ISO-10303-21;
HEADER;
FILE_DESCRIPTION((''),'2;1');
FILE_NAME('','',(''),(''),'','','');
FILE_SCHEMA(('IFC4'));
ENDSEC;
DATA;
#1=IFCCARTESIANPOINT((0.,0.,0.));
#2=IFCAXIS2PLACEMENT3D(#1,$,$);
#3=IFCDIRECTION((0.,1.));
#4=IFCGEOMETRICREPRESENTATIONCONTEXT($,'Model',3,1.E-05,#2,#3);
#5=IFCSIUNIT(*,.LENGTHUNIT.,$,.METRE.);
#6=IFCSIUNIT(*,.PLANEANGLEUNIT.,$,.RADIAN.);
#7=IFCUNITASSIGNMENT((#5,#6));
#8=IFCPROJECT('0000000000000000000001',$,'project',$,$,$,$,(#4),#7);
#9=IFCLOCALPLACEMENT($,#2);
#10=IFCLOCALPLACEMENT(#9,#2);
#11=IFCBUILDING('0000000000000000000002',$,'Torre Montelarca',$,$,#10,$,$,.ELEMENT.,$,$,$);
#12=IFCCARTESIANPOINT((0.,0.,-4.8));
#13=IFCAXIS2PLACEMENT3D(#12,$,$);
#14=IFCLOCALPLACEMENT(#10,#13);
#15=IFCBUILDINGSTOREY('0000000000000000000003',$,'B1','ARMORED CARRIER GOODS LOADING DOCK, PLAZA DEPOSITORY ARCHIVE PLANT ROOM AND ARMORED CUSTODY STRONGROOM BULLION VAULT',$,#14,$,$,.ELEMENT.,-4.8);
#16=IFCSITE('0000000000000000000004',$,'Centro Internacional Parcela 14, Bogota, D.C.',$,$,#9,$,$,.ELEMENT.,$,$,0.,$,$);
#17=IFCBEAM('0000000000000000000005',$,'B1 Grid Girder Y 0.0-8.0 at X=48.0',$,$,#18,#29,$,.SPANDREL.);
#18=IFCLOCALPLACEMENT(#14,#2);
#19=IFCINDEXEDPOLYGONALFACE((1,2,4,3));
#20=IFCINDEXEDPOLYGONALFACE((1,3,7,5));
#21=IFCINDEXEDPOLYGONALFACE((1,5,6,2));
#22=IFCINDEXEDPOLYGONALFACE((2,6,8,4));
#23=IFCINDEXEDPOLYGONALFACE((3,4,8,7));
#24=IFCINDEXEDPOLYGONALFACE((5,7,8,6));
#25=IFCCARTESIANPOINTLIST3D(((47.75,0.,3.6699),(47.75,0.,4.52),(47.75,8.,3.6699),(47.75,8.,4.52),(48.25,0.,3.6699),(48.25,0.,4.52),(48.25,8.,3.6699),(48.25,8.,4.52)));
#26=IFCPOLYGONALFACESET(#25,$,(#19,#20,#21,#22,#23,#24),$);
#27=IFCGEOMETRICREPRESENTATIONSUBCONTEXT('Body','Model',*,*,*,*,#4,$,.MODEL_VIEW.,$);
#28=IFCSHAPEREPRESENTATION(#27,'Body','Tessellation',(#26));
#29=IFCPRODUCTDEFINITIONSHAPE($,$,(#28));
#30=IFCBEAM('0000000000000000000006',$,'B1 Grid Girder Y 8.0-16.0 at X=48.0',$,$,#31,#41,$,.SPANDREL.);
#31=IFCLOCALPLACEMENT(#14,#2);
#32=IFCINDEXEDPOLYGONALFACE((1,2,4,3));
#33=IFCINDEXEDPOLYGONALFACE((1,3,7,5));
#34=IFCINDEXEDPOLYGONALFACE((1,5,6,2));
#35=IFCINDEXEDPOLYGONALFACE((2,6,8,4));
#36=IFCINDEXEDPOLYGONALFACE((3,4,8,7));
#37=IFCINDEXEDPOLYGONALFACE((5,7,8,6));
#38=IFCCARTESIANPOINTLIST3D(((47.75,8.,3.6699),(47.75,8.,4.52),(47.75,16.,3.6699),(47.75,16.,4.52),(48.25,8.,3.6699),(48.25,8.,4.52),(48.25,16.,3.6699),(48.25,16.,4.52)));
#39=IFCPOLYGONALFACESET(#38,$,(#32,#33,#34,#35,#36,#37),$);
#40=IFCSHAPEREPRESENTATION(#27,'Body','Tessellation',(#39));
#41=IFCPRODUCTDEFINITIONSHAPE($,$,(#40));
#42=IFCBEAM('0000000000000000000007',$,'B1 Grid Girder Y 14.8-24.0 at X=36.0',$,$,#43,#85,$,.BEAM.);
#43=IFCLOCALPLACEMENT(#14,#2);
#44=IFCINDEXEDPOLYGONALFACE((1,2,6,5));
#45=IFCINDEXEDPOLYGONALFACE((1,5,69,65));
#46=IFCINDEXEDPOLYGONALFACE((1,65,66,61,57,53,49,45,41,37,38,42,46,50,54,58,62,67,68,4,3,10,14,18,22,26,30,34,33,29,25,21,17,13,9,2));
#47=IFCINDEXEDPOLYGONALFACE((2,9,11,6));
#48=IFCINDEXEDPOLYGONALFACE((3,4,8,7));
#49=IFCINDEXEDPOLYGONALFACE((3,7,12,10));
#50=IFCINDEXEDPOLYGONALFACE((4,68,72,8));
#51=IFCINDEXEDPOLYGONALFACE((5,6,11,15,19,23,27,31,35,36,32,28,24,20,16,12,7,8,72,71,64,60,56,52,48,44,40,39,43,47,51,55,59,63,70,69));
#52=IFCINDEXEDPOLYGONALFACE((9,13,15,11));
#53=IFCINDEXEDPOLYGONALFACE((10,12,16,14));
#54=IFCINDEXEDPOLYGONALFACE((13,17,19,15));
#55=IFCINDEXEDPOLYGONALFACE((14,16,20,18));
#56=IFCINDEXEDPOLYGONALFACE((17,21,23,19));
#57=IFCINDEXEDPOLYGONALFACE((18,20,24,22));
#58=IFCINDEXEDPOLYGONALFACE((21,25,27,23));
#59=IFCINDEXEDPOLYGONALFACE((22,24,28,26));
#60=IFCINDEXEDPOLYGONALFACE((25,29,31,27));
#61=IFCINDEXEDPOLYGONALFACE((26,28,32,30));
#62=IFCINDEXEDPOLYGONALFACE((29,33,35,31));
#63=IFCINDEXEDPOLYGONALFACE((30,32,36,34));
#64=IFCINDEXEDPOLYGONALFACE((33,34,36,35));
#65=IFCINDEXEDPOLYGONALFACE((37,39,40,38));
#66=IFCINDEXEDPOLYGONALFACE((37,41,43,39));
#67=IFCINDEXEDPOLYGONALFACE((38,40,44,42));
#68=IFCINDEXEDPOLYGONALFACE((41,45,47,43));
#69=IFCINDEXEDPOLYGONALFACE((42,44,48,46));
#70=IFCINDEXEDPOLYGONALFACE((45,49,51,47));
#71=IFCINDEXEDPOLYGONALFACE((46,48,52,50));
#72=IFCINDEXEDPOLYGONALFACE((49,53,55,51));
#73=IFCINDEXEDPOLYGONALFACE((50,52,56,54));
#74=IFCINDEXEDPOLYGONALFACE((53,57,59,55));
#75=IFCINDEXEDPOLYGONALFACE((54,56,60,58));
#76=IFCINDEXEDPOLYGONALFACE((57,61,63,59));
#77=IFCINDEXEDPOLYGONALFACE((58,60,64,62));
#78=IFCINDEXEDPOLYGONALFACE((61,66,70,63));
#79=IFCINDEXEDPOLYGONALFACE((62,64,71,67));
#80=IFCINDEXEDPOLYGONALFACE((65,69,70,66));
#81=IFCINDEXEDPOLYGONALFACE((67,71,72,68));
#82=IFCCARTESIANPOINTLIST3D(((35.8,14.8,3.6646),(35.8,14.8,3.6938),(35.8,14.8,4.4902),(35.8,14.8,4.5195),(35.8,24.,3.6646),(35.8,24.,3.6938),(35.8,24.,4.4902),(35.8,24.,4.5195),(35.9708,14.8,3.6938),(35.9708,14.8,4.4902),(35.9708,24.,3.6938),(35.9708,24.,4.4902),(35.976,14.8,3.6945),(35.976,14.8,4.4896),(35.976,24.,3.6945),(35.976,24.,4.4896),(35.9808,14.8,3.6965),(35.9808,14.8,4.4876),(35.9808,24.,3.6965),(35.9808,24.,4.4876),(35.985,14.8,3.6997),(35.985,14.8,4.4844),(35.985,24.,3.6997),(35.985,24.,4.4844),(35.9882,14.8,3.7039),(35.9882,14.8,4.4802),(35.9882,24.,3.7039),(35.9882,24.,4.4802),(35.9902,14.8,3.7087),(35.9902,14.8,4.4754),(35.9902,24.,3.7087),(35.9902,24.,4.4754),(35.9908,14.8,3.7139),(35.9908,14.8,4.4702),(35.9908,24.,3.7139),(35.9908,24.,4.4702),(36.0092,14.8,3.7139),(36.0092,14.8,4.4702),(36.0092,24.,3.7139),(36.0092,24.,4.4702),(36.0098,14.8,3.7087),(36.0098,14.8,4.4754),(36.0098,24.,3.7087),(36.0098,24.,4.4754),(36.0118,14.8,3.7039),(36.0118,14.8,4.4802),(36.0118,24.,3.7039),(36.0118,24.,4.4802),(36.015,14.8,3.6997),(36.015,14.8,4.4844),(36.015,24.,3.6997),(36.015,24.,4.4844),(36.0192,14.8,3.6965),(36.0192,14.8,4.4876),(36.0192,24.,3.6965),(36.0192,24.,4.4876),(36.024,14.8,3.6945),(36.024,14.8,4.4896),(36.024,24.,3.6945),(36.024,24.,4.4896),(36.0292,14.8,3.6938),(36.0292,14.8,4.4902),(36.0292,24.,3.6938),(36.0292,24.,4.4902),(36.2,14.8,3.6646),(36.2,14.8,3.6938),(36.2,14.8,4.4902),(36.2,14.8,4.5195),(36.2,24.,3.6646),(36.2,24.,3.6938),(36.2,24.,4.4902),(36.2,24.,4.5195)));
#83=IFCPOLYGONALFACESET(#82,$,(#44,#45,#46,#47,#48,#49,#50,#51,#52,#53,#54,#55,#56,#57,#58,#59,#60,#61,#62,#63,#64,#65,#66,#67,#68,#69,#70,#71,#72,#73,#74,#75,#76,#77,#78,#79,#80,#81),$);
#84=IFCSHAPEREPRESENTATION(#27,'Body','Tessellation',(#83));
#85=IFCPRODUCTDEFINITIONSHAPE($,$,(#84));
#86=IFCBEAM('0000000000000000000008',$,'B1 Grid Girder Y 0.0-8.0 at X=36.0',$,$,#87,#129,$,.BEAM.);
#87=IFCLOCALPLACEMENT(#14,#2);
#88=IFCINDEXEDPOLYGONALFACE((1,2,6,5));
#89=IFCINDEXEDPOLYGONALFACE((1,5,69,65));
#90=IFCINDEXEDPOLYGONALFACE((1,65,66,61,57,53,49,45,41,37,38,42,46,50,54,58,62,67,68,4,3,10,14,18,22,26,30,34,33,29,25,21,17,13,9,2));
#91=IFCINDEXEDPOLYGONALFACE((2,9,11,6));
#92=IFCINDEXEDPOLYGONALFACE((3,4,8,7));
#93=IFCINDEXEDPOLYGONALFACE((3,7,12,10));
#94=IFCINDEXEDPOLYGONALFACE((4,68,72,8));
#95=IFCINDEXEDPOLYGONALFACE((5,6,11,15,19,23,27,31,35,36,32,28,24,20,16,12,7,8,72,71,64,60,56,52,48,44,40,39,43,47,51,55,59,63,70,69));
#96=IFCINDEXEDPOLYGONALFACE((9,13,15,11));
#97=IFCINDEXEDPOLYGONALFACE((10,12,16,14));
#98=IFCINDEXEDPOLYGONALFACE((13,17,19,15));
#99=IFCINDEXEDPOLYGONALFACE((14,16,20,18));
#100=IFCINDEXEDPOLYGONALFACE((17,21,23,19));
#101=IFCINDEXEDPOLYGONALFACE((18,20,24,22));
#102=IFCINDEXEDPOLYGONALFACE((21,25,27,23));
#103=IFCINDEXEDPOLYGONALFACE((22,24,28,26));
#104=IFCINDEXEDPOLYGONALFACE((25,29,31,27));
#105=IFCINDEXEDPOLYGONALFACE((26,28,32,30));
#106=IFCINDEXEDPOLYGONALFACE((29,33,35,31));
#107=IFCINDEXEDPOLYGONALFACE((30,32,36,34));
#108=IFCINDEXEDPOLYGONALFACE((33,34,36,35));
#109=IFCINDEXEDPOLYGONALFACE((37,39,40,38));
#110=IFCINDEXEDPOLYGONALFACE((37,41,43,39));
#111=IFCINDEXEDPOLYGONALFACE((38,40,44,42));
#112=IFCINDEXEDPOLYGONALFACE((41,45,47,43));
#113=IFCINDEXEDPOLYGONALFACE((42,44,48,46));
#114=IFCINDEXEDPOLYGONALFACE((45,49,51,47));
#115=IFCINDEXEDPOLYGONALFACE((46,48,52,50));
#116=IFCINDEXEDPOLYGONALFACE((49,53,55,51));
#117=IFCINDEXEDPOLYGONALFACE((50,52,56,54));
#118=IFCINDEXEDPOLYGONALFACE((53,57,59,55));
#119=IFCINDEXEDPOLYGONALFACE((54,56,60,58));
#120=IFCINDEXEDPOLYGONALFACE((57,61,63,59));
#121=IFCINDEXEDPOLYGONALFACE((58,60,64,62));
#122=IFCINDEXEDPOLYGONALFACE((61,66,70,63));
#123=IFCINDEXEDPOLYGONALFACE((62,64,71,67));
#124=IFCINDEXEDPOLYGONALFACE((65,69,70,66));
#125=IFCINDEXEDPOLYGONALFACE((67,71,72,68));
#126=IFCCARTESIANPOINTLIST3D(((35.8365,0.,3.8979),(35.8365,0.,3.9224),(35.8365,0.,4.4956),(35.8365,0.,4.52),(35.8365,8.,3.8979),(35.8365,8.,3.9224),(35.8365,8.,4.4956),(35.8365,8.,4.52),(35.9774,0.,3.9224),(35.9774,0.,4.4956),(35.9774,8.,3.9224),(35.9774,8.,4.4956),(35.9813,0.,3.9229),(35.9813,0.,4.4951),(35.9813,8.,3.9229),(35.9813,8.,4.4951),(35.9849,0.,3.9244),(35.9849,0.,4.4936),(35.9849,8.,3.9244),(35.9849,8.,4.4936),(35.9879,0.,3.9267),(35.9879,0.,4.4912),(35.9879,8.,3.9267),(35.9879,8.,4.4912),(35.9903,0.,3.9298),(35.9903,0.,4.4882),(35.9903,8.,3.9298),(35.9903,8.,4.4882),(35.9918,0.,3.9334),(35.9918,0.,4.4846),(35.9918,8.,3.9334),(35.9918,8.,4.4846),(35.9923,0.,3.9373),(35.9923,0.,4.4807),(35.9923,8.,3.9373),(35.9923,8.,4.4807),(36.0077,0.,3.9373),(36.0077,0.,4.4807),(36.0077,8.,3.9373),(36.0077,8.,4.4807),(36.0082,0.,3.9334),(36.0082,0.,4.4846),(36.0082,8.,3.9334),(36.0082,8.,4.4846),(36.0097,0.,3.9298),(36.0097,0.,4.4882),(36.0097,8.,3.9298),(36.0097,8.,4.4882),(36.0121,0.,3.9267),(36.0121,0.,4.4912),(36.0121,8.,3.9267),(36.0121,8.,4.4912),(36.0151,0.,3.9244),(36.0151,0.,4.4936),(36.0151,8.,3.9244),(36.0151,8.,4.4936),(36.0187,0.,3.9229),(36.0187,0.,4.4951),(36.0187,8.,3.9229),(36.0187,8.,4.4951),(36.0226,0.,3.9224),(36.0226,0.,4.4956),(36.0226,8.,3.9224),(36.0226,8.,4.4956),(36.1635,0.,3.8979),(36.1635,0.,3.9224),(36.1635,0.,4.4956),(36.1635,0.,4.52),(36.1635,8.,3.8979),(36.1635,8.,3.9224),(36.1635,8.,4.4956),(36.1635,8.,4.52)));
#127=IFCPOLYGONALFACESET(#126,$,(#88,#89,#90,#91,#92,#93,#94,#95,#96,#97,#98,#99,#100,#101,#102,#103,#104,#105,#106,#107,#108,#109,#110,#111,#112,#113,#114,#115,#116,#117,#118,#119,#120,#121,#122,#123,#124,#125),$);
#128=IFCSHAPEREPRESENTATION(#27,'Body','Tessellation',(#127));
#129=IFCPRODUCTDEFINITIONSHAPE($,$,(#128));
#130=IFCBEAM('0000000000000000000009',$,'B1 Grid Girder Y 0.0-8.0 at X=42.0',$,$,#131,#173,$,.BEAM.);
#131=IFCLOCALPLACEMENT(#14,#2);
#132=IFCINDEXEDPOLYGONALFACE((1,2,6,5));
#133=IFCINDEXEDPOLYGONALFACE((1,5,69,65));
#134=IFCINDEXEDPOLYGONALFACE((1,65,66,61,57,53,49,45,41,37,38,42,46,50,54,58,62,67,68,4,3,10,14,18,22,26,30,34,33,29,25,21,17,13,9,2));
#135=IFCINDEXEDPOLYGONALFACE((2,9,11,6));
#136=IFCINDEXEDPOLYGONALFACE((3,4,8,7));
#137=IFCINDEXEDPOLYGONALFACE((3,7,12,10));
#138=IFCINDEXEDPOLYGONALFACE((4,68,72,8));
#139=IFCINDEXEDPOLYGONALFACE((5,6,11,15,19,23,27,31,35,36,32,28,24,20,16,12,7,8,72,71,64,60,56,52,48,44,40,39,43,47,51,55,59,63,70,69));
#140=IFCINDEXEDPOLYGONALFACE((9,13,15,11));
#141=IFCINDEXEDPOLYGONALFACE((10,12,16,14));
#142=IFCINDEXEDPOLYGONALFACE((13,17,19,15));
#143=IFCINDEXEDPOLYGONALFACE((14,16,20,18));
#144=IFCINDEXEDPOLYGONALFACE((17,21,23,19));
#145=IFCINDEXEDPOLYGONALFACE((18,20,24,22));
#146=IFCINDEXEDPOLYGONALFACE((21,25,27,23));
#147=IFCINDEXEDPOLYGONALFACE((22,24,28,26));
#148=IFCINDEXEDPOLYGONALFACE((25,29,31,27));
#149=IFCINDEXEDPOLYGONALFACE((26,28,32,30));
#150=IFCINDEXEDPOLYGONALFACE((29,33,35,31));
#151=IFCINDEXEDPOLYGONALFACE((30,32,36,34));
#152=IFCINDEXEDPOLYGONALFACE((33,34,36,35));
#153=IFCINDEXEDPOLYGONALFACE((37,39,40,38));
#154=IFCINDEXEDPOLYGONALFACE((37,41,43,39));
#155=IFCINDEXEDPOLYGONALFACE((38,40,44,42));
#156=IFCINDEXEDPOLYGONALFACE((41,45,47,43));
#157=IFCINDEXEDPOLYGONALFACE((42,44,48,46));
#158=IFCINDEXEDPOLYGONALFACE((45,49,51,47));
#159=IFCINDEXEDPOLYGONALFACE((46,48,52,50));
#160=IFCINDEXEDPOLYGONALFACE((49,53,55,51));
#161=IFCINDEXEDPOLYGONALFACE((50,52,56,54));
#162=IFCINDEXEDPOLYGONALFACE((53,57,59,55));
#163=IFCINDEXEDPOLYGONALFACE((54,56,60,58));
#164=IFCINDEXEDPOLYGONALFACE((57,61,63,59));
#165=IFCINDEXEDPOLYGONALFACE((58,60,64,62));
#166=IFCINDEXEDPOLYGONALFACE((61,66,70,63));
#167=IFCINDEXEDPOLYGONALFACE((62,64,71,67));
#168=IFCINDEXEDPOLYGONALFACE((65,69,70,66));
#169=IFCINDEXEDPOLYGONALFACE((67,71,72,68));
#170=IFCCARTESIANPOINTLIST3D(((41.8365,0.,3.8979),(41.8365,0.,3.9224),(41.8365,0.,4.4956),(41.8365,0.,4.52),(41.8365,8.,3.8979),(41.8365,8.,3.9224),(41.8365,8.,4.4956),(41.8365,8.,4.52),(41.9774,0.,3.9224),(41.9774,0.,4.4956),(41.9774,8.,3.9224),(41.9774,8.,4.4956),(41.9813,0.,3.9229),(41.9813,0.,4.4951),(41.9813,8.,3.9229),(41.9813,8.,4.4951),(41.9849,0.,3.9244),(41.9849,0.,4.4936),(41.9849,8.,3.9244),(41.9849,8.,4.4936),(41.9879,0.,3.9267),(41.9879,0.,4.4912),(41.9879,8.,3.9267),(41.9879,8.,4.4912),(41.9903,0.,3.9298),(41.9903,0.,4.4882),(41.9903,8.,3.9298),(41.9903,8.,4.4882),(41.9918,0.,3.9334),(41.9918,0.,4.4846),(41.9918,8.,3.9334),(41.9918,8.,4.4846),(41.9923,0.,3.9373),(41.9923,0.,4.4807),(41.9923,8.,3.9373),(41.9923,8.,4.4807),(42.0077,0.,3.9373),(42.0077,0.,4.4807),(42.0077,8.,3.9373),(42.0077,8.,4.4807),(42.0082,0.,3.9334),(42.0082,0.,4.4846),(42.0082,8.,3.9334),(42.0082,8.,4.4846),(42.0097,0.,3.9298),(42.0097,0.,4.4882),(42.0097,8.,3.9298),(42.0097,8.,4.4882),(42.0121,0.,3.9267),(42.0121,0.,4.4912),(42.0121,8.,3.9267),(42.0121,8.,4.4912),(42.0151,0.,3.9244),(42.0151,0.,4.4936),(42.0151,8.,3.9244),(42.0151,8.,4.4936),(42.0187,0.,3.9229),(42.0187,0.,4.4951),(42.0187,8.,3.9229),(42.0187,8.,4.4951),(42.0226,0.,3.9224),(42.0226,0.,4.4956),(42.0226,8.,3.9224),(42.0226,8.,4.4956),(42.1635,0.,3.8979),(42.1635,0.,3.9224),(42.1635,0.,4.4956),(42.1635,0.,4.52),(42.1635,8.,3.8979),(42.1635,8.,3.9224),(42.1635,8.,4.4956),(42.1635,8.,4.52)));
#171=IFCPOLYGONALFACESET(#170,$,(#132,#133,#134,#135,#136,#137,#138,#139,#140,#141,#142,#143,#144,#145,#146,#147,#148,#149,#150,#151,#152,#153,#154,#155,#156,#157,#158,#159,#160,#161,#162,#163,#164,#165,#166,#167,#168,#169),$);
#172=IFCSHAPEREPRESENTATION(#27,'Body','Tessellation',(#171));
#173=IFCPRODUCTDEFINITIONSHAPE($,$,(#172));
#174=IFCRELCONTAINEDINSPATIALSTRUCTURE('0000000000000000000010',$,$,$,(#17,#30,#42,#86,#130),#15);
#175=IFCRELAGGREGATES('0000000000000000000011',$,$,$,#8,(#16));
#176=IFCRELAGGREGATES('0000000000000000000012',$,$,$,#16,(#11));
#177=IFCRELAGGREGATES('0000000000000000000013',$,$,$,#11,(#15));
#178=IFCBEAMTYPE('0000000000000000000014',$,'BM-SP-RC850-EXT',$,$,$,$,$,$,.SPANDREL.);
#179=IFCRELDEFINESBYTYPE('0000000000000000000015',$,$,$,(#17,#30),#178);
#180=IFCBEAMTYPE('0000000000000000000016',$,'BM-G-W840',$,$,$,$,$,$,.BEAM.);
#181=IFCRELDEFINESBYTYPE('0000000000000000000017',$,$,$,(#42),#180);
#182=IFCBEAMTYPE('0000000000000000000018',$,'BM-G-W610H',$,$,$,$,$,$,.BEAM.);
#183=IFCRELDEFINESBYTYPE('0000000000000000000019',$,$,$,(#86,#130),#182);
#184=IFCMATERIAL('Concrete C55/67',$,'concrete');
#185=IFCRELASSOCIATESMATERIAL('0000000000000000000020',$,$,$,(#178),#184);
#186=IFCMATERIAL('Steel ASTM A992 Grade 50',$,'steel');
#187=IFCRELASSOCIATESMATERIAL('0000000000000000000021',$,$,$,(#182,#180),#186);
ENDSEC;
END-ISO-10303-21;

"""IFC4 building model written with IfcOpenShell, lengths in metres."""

from ifc_helpers import new_model, si_unit, direction, frame, origin, origin_2d, place, context, subcontext, project, spatial, rectangle, i_section, extrude, source, transform, mapped, material, material_profile, profile_set, type_object, element, save


model = new_model("IFC4")

# Units and contexts
model_context = context("Model", 3, precision=1e-05, world=origin(), true_north=direction((0.0, 1.0)))
body_context = subcontext(model_context, "Body", "Model", "MODEL_VIEW")
ifc_project = project(units=[si_unit("LENGTHUNIT", "METRE"), si_unit("PLANEANGLEUNIT", "RADIAN")], contexts=[model_context])

# Site, building, storey
site_placement = place(None, origin())
site = spatial("IfcSite", under=ifc_project, at=site_placement, Name="Centro Internacional Parcela 14, Bogota, D.C.", CompositionType="ELEMENT", RefElevation=0.0)
building_placement = place(site_placement, origin())
building = spatial("IfcBuilding", under=site, at=building_placement, Name="Torre Montelarca", CompositionType="ELEMENT")
storey_placement = place(building_placement, frame((0.0, 0.0, -4.8)))
storey = spatial("IfcBuildingStorey", under=building, at=storey_placement, Name="B1", Description="ARMORED CARRIER GOODS LOADING DOCK, PLAZA DEPOSITORY ARCHIVE PLANT ROOM AND ARMORED CUSTODY STRONGROOM BULLION VAULT", CompositionType="ELEMENT", Elevation=-4.8)

# Shared definitions
ifc_material_1 = material(Name="Concrete C55/67", Category="concrete")

# Beams
ifc_material_profile_1 = material_profile(ifc_material_1, rectangle(XDim=0.5, YDim=0.8501, at=origin_2d()), Name="RCB500X850", Category="concrete")
ifc_profile_set_1 = profile_set([ifc_material_profile_1], Name="Concrete C55/67")
beam_type_1 = type_object("IfcBeamType", Name="BM-SP-RC850-EXT", PredefinedType="SPANDREL", material=ifc_profile_set_1)
ifc_material_2 = material(Name="Steel ASTM A992 Grade 50", Category="steel")
ifc_material_profile_2 = material_profile(ifc_material_2, i_section(OverallWidth=0.3269, OverallDepth=0.6221, WebThickness=0.0154, FlangeThickness=0.0244, FilletRadius=0.0149, at=origin_2d()), Name="W610X195", Category="steel")
ifc_profile_set_2 = profile_set([ifc_material_profile_2], Name="Steel ASTM A992 Grade 50")
beam_type_2 = type_object("IfcBeamType", Name="BM-G-W610H", PredefinedType="BEAM", material=ifc_profile_set_2)
shared_shape_1 = source(origin(), body_context, "Body", "SweptSolid", [
    extrude(rectangle(XDim=0.5, YDim=0.8501, at=origin_2d()), origin(), (0.0, 0.0, 1.0), 8.0),
])
for number, where, z_axis, x_axis, name in (
    (1, (48.0, 0.0, 4.095), (0.0, 1.0, 0.0), (-1.0, 0.0, 0.0), "B1 Grid Girder Y 0.0-8.0 at X=48.0"),
    (2, (48.0, 8.0, 4.095), (0.0, 1.0, 0.0), (-1.0, 0.0, 0.0), "B1 Grid Girder Y 8.0-16.0 at X=48.0"),
):
    element("IfcBeam", number, at=place(storey_placement, frame(where, z_axis=z_axis, x_axis=x_axis)), inside=storey, type_object=beam_type_1, Name=name, PredefinedType="SPANDREL", context=body_context, shape_type="MappedRepresentation", body=[
        mapped(shared_shape_1, transform((0.0, 0.0, 0.0), scale=1.0)),
    ])
ifc_material_profile_3 = material_profile(ifc_material_2, i_section(OverallWidth=0.3999, OverallDepth=0.855, WebThickness=0.0183, FlangeThickness=0.0293, FilletRadius=0.02, at=origin_2d()), Name="W840X299", Category="steel")
ifc_profile_set_3 = profile_set([ifc_material_profile_3], Name="Steel ASTM A992 Grade 50")
beam_type_3 = type_object("IfcBeamType", Name="BM-G-W840", PredefinedType="BEAM", material=ifc_profile_set_3)
shared_shape_2 = source(origin(), body_context, "Body", "SweptSolid", [
    extrude(i_section(OverallWidth=0.3999, OverallDepth=0.855, WebThickness=0.0183, FlangeThickness=0.0293, FilletRadius=0.02, at=origin_2d()), origin(), (0.0, 0.0, 1.0), 9.2),
])
beam_1_placement = place(storey_placement, frame((36.0, 14.8, 4.092), z_axis=(0.0, 1.0, 0.0), x_axis=(-1.0, 0.0, 0.0)))
element("IfcBeam", 3, at=beam_1_placement, inside=storey, type_object=beam_type_3, Name="B1 Grid Girder Y 14.8-24.0 at X=36.0", PredefinedType="BEAM", context=body_context, shape_type="MappedRepresentation", body=[
    mapped(shared_shape_2, transform((0.0, 0.0, 0.0), scale=1.0)),
])
shared_shape_3 = source(origin(), body_context, "Body", "SweptSolid", [
    extrude(i_section(OverallWidth=0.3269, OverallDepth=0.6221, WebThickness=0.0154, FlangeThickness=0.0244, FilletRadius=0.0149, at=origin_2d()), origin(), (0.0, 0.0, 1.0), 8.0),
])
for number, where, z_axis, x_axis, name in (
    (4, (36.0, 0.0, 4.209), (0.0, 1.0, 0.0), (-1.0, 0.0, 0.0), "B1 Grid Girder Y 0.0-8.0 at X=36.0"),
    (5, (42.0, 0.0, 4.209), (0.0, 1.0, 0.0), (-1.0, 0.0, 0.0), "B1 Grid Girder Y 0.0-8.0 at X=42.0"),
):
    element("IfcBeam", number, at=place(storey_placement, frame(where, z_axis=z_axis, x_axis=x_axis)), inside=storey, type_object=beam_type_2, Name=name, PredefinedType="BEAM", context=body_context, shape_type="MappedRepresentation", body=[
        mapped(shared_shape_3, transform((0.0, 0.0, 0.0), scale=1.0)),
    ])

save(model, "model.ifc")
